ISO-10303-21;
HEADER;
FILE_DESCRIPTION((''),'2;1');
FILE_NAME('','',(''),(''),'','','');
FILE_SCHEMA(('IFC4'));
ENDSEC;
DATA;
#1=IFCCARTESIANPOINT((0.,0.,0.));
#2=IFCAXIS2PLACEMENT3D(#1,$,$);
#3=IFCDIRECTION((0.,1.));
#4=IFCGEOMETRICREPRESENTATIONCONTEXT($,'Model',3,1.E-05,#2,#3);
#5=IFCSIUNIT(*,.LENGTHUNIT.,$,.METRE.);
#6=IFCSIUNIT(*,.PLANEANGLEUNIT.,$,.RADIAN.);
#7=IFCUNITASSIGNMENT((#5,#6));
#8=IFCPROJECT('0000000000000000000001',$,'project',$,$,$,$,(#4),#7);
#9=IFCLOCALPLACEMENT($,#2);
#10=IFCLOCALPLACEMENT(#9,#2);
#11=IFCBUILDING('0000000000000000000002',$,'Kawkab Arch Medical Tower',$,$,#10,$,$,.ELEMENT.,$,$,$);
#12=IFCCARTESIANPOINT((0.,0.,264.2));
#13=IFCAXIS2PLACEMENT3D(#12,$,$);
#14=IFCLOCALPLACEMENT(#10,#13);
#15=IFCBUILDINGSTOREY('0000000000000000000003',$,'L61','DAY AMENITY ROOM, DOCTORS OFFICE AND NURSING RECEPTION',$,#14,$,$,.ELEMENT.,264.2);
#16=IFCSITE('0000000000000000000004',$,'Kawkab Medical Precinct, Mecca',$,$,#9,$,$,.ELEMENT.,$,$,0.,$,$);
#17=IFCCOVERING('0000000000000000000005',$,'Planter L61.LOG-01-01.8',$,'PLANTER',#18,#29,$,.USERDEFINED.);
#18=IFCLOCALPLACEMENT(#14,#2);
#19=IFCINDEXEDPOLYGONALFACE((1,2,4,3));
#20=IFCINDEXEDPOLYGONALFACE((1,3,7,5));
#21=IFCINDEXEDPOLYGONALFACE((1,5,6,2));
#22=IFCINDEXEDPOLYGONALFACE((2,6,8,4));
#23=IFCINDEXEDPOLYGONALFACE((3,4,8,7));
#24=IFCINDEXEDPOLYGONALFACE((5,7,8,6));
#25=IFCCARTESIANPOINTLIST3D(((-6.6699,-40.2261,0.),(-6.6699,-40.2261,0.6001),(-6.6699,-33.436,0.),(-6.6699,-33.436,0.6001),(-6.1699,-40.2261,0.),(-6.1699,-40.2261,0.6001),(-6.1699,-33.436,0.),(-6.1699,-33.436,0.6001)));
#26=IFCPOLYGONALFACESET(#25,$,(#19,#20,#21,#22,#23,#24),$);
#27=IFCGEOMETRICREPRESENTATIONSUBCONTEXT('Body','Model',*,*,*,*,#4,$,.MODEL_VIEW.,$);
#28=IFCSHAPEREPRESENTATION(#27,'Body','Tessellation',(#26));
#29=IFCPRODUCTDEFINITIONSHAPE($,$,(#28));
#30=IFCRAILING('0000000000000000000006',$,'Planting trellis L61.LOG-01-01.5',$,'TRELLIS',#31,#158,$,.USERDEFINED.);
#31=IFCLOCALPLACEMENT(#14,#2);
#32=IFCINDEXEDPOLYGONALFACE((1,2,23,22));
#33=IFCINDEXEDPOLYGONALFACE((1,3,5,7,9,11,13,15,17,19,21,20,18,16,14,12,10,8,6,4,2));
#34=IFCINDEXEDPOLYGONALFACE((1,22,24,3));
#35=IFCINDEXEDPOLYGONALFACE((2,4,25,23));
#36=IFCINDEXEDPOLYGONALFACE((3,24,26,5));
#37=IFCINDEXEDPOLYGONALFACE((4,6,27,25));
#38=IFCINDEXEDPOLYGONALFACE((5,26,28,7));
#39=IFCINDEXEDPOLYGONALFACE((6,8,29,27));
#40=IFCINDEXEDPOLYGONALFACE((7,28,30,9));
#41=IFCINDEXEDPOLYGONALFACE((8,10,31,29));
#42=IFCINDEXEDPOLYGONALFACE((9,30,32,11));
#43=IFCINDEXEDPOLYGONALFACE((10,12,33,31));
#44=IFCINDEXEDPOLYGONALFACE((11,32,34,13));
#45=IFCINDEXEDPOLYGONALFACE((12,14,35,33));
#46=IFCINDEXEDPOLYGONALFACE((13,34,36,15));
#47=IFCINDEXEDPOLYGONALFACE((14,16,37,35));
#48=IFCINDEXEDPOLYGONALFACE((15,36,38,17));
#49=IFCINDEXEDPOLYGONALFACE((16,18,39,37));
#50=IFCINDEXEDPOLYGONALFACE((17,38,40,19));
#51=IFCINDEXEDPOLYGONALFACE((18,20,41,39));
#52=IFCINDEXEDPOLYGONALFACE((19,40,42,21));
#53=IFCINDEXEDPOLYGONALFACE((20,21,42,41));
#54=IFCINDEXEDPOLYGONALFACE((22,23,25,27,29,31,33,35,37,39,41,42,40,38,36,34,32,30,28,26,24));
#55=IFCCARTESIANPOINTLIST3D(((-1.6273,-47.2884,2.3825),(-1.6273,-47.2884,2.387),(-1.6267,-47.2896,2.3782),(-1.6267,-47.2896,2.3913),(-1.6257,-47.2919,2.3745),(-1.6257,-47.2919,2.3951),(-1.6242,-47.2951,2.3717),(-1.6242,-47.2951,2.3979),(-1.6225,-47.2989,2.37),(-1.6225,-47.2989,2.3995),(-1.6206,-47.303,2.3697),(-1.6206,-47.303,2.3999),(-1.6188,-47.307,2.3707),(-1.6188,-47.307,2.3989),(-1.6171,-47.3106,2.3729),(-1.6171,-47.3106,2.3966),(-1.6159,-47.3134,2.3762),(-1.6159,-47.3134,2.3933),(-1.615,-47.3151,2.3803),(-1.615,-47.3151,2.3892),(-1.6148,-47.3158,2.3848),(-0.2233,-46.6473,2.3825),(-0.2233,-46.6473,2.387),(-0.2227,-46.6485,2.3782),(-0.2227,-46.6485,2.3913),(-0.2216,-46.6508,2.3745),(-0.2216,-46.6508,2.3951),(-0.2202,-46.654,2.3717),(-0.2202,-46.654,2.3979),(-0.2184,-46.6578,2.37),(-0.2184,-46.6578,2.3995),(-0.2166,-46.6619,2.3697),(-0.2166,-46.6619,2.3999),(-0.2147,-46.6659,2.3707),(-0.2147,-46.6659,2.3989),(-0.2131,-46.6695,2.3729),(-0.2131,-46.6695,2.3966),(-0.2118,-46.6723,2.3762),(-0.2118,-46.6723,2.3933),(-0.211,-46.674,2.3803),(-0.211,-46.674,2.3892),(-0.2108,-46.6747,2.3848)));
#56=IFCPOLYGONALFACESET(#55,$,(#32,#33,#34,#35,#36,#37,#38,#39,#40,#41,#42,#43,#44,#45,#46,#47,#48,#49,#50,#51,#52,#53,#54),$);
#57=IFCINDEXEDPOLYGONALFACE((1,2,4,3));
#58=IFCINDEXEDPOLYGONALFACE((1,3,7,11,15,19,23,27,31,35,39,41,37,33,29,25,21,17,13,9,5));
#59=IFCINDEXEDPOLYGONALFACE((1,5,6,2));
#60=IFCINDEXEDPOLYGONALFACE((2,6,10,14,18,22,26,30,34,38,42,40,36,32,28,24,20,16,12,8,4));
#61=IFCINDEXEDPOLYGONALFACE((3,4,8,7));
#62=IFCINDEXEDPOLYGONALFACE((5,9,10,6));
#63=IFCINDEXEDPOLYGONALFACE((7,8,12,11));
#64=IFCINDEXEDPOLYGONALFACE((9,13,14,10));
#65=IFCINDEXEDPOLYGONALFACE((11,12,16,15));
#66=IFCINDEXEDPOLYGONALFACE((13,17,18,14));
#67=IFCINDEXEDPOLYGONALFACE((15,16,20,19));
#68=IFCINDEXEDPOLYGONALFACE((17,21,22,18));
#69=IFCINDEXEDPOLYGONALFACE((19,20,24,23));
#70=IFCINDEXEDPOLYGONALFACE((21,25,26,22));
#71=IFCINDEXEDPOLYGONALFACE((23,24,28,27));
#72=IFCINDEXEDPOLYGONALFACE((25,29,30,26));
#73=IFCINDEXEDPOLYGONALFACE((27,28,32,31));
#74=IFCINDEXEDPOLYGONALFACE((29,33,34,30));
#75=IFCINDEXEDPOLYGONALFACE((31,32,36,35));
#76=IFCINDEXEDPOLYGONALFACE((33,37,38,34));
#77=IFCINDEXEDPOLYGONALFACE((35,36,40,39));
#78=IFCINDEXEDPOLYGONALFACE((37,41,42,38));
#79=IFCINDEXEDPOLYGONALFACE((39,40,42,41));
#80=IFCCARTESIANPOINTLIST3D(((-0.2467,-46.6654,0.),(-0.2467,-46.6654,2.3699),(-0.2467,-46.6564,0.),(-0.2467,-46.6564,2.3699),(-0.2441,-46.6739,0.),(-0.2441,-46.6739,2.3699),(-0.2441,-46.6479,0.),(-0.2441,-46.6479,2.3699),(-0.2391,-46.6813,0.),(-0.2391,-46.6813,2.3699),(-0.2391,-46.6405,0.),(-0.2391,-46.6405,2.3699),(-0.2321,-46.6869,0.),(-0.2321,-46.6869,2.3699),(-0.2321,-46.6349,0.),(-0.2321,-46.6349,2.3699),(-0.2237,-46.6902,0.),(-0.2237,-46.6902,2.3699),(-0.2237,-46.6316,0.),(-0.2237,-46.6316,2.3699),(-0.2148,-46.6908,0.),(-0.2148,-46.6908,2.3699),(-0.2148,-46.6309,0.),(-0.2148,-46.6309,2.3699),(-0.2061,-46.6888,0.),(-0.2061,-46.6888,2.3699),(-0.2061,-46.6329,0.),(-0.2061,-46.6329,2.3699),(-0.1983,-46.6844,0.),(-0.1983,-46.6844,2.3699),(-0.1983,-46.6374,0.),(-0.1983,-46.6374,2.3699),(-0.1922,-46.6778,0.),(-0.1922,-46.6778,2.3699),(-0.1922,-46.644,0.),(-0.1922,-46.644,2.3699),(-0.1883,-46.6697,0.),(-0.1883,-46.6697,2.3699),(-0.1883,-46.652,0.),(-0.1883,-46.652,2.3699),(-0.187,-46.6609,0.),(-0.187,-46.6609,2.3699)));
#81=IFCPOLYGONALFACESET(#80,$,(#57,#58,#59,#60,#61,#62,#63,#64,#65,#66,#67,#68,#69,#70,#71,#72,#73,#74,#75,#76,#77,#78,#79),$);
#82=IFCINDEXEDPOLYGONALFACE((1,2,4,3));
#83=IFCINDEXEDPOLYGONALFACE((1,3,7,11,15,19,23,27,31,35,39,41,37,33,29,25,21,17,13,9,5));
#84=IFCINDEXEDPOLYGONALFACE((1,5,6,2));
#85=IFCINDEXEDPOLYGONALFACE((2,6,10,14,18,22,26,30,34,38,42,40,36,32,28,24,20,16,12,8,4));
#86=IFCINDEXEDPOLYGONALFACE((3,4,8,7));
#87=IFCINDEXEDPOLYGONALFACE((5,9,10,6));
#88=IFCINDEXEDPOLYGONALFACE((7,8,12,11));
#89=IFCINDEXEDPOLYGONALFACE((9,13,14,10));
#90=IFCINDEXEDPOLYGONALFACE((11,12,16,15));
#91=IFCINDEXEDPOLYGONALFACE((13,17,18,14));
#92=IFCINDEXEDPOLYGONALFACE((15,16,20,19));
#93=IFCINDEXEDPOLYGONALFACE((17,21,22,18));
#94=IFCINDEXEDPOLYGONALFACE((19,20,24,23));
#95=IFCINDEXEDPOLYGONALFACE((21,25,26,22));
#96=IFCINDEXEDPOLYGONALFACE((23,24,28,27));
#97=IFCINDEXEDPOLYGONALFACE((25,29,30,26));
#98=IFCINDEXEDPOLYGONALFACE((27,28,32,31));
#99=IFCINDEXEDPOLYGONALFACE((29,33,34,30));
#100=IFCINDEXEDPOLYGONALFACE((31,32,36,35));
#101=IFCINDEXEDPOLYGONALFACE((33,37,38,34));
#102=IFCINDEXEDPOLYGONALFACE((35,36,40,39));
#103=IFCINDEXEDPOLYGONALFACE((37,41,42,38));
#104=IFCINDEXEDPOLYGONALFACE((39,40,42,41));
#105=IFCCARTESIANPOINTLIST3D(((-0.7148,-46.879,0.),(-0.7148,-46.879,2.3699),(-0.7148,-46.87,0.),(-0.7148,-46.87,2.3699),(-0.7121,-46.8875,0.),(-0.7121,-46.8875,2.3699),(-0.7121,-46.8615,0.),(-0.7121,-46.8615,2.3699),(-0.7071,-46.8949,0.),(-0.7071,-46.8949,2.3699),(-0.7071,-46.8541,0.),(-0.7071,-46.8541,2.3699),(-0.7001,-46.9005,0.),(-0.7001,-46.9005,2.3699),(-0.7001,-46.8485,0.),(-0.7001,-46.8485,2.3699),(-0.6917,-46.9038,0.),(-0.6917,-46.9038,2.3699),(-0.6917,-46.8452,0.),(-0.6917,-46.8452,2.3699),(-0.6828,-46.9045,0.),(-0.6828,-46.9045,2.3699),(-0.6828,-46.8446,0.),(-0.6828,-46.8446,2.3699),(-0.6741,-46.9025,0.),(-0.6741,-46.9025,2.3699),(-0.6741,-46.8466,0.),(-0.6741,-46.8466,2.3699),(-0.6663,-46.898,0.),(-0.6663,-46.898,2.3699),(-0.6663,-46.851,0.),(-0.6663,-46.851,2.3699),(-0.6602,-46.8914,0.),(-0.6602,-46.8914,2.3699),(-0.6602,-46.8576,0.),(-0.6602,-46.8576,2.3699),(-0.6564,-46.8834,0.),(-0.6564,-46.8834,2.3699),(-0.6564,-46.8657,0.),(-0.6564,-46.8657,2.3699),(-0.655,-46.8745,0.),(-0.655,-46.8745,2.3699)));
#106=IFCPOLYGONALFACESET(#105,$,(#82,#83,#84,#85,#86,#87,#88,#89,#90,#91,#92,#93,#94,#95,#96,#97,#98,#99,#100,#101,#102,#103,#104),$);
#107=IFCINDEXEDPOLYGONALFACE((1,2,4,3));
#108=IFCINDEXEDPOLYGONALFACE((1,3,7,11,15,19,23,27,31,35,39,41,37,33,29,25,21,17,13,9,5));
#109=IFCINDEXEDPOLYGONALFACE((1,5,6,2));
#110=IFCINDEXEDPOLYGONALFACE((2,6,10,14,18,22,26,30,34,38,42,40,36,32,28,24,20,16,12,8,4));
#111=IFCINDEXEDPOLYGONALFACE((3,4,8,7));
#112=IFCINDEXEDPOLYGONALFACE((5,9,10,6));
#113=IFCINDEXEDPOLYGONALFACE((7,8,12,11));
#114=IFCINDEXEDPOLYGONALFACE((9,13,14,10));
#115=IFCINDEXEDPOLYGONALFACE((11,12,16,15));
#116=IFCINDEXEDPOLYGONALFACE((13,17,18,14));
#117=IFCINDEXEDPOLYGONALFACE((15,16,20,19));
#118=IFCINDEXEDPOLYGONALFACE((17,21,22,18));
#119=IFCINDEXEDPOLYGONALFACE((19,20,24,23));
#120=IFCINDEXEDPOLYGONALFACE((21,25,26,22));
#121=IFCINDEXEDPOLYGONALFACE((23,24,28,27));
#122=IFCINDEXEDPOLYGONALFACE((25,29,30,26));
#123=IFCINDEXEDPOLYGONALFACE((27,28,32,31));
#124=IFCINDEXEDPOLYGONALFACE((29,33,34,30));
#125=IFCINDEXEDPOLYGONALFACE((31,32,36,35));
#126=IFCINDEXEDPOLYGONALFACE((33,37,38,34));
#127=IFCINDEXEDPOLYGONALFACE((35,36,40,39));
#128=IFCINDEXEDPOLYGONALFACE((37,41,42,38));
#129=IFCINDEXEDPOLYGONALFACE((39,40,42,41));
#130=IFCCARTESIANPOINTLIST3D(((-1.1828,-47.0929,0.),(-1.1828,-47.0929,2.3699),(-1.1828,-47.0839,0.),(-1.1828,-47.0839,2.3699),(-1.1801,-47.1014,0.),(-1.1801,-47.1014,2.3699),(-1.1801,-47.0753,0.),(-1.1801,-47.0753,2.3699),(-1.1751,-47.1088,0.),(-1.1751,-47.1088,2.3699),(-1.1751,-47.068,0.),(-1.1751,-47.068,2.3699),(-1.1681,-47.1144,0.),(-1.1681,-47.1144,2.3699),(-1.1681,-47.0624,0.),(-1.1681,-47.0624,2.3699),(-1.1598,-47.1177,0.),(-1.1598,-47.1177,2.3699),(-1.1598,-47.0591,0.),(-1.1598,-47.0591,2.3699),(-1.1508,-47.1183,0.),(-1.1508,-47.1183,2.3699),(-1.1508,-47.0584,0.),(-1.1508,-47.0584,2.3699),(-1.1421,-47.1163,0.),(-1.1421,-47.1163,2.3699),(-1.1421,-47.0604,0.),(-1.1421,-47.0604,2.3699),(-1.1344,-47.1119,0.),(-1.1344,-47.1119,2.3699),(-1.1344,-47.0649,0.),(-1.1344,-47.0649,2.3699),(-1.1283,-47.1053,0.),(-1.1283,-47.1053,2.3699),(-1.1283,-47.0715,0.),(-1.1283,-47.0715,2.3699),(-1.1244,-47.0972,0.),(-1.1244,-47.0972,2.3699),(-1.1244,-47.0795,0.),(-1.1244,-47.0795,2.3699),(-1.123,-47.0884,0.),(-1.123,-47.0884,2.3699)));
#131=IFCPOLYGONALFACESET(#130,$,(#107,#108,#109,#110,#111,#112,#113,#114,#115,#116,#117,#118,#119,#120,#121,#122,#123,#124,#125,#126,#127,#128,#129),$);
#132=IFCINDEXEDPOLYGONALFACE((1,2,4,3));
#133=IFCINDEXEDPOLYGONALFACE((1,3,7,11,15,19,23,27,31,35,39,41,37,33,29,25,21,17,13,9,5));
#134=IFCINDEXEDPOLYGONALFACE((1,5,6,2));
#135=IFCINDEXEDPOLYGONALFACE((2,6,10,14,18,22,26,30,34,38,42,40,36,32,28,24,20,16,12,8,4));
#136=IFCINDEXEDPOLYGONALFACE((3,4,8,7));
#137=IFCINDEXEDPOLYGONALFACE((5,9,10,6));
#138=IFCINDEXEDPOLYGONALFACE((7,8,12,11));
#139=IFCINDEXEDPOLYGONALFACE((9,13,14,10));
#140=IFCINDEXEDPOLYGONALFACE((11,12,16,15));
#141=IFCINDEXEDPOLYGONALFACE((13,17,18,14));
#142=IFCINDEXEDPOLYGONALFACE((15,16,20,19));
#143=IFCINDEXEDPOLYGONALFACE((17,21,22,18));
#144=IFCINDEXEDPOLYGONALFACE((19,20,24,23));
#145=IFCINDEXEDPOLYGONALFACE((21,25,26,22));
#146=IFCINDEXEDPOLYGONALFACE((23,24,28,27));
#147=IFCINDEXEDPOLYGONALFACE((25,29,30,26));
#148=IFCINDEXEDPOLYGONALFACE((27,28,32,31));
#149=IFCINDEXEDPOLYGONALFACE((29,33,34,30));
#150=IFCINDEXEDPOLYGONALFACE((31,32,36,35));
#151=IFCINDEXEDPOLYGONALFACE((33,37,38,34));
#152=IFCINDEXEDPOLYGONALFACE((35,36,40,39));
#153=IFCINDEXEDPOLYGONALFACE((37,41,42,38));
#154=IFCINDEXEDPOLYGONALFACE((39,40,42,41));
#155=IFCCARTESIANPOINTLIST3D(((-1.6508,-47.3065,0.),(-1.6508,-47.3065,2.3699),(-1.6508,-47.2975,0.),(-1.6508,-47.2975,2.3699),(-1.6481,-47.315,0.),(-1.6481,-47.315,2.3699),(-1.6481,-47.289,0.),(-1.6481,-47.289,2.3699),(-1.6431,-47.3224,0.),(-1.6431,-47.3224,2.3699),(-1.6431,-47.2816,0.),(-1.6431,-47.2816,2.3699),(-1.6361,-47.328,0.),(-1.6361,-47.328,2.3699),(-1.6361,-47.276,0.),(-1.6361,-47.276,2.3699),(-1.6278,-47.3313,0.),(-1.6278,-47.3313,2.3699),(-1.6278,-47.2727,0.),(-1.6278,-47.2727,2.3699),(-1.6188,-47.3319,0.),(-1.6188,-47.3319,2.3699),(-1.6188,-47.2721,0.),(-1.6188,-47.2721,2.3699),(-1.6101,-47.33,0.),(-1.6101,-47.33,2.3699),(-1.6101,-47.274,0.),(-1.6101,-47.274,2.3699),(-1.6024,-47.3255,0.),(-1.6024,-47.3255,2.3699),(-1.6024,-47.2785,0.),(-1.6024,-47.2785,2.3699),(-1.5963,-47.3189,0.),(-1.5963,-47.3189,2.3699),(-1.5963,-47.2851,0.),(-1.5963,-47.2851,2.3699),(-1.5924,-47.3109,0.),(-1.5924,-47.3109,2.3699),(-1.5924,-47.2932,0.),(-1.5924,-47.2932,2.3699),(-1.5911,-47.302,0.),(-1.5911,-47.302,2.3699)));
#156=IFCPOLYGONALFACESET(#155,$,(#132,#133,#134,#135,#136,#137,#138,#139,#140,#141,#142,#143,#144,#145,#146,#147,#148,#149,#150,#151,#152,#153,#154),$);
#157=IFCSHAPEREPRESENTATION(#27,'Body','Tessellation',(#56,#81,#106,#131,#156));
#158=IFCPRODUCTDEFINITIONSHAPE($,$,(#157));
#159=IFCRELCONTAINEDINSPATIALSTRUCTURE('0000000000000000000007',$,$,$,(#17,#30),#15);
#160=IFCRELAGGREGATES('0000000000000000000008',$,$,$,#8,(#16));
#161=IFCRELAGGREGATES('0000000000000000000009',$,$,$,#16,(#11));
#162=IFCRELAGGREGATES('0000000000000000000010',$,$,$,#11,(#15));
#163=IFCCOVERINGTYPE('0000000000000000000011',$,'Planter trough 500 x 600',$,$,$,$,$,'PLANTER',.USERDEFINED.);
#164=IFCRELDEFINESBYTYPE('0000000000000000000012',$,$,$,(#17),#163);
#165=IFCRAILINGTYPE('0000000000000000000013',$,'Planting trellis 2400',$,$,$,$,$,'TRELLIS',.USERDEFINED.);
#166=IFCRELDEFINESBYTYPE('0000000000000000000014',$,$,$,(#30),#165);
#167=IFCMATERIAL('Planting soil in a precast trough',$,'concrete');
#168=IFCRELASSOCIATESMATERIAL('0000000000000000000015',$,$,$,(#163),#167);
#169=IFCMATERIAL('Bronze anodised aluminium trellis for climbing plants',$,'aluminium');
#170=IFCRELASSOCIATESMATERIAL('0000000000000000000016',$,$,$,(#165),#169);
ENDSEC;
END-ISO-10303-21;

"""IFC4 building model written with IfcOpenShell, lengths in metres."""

from ifc_helpers import new_model, si_unit, direction, frame, origin, origin_2d, place, context, subcontext, project, spatial, rectangle, circle, extrude, material, material_profile, profile_set, type_object, element, save


model = new_model("IFC4")

# Units and contexts
model_context = context("Model", 3, precision=1e-05, world=origin(), true_north=direction((0.0, 1.0)))
body_context = subcontext(model_context, "Body", "Model", "MODEL_VIEW")
ifc_project = project(units=[si_unit("LENGTHUNIT", "METRE"), si_unit("PLANEANGLEUNIT", "RADIAN")], contexts=[model_context])

# Site, building, storey
site_placement = place(None, origin())
site = spatial("IfcSite", under=ifc_project, at=site_placement, Name="Kawkab Medical Precinct, Mecca", CompositionType="ELEMENT", RefElevation=0.0)
building_placement = place(site_placement, origin())
building = spatial("IfcBuilding", under=site, at=building_placement, Name="Kawkab Arch Medical Tower", CompositionType="ELEMENT")
storey_placement = place(building_placement, frame((0.0, 0.0, 264.2)))
storey = spatial("IfcBuildingStorey", under=building, at=storey_placement, Name="L61", Description="DAY AMENITY ROOM, DOCTORS OFFICE AND NURSING RECEPTION", CompositionType="ELEMENT", Elevation=264.2)

# Covering
ifc_material_1 = material(Name="Planting soil in a precast trough", Category="concrete")
ifc_material_profile_1 = material_profile(ifc_material_1, rectangle(XDim=0.5, YDim=0.6001, at=origin_2d()), Name="Trough 500x600")
ifc_profile_set_1 = profile_set([ifc_material_profile_1], Name="Planting soil in a precast trough")
covering_type = type_object("IfcCoveringType", Name="Planter trough 500 x 600", ElementType="PLANTER", PredefinedType="USERDEFINED", material=ifc_profile_set_1)
covering_1_placement = place(storey_placement, frame((-6.4199, -40.2261, 0.3), z_axis=(0.0, 1.0, 0.0), x_axis=(-1.0, 0.0, 0.0)))
element("IfcCovering", 1, at=covering_1_placement, inside=storey, type_object=covering_type, Name="Planter L61.LOG-01-01.8", ObjectType="PLANTER", PredefinedType="USERDEFINED", context=body_context, shape_type="SweptSolid", body=[
    extrude(rectangle(XDim=0.5, YDim=0.6001, at=origin_2d()), origin(), (0.0, 0.0, 1.0), 6.79),
])

# Railing
ifc_material_2 = material(Name="Bronze anodised aluminium trellis for climbing plants", Category="aluminium")
railing_type_1 = type_object("IfcRailingType", Name="Planting trellis 2400", ElementType="TRELLIS", PredefinedType="USERDEFINED", material=ifc_material_2)
railing_1_placement = place(storey_placement, frame((-0.217, -46.6609, 0.0)))
element("IfcRailing", 2, at=railing_1_placement, inside=storey, type_object=railing_type_1, Name="Planting trellis L61.LOG-01-01.5", ObjectType="TRELLIS", PredefinedType="USERDEFINED", context=body_context, shape_type="SweptSolid", body=[
    extrude(circle(Radius=0.0151, at=origin_2d()), frame((0.0, 0.0, 2.3848), z_axis=(-0.909656, -0.415363, 0.0), x_axis=(0.415363, -0.909656, 0.0)), (0.0, 0.0, 1.0), 1.5435),
    extrude(circle(Radius=0.03, at=origin_2d()), origin(), (0.0, 0.0, 1.0), 2.3699),
    extrude(circle(Radius=0.03, at=origin_2d()), frame((-0.468, -0.2136, 0.0)), (0.0, 0.0, 1.0), 2.3699),
    extrude(circle(Radius=0.03, at=origin_2d()), frame((-0.936, -0.4275, 0.0)), (0.0, 0.0, 1.0), 2.3699),
    extrude(circle(Radius=0.03, at=origin_2d()), frame((-1.4041, -0.6411, 0.0)), (0.0, 0.0, 1.0), 2.3699),
])

save(model, "model.ifc")
